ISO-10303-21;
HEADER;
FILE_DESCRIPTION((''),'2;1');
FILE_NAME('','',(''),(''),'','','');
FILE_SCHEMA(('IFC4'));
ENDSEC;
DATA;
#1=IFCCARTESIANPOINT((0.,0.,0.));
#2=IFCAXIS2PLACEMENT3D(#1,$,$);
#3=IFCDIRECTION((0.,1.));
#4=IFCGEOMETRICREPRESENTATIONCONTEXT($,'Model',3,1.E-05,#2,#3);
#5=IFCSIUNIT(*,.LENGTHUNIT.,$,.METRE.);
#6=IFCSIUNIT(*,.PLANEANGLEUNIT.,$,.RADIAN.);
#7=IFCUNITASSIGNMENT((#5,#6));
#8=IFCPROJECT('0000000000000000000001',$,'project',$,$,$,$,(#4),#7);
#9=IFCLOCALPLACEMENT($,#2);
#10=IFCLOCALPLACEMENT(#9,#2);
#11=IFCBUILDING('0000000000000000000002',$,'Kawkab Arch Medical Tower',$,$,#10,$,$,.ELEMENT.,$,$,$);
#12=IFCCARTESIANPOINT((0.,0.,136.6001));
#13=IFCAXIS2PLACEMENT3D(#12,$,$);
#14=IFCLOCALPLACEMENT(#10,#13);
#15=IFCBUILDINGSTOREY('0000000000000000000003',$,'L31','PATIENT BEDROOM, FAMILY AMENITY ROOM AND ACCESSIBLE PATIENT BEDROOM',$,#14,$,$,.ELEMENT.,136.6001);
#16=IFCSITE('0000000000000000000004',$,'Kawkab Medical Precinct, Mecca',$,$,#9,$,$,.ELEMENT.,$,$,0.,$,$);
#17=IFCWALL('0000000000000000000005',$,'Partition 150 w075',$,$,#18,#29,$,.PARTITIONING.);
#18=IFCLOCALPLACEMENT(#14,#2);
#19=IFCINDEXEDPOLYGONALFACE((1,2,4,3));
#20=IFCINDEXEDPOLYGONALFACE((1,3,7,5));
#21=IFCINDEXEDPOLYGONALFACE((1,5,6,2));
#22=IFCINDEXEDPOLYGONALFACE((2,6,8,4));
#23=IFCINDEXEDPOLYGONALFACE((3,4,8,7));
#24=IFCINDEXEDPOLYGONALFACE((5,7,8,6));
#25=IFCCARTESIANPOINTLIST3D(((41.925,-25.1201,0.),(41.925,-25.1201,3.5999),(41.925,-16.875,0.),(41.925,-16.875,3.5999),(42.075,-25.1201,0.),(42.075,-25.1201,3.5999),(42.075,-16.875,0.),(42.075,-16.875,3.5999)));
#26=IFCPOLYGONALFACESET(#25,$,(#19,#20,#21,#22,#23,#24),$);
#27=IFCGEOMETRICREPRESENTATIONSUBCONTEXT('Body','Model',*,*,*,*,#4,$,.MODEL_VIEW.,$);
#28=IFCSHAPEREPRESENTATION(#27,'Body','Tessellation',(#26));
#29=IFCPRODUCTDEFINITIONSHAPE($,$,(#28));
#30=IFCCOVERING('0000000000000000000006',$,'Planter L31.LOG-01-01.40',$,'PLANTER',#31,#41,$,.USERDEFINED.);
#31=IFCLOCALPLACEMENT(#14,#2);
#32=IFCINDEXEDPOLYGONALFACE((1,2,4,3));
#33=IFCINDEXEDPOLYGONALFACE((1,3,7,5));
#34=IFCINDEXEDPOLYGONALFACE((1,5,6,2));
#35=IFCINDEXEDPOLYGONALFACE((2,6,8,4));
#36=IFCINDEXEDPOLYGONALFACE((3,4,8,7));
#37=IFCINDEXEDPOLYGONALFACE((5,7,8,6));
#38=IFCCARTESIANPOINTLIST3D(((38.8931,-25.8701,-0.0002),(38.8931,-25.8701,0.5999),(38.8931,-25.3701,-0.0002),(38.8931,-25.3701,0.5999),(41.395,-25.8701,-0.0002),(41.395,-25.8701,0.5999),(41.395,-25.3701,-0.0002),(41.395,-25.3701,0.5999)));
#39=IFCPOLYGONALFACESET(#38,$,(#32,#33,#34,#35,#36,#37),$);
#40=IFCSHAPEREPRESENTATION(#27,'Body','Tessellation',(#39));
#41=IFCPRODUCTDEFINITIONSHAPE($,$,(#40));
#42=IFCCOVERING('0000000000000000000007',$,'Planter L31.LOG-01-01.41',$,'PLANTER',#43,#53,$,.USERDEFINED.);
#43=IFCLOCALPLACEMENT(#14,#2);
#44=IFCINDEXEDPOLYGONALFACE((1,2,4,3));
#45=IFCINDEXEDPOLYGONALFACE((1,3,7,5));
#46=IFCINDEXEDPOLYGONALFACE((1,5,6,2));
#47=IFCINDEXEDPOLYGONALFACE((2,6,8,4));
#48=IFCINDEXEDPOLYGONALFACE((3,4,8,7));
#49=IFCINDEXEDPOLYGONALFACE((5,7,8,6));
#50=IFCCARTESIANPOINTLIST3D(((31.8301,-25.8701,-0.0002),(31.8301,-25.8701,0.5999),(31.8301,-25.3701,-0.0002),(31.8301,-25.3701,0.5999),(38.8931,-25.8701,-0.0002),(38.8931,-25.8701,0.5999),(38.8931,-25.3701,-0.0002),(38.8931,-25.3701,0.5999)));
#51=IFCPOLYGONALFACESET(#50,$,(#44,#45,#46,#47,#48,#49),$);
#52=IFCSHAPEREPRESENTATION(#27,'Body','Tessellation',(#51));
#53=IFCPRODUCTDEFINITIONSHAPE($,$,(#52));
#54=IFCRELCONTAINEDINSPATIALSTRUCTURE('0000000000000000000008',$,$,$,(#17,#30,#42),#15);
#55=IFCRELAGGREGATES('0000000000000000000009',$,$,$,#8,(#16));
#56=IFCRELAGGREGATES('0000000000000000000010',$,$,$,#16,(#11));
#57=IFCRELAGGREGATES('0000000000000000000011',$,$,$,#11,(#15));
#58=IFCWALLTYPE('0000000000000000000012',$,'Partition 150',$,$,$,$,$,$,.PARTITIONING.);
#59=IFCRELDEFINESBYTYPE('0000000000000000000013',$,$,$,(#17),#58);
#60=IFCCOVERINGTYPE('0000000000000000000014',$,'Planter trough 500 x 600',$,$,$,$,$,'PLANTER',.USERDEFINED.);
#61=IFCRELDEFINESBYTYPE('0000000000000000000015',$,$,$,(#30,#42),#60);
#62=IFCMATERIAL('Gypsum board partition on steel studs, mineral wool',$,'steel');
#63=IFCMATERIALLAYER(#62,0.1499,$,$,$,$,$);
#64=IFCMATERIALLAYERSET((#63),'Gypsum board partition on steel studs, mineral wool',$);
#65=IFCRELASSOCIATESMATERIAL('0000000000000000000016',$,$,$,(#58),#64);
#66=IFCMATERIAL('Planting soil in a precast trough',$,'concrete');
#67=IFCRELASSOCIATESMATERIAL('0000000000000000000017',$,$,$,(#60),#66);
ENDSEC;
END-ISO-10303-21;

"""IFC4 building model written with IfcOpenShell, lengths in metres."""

from ifc_helpers import new_model, si_unit, direction, frame, frame_2d, origin, origin_2d, place, context, subcontext, project, spatial, rectangle, extrude, material, layer, layer_set, material_profile, profile_set, type_object, element, save


model = new_model("IFC4")

# Units and contexts
model_context = context("Model", 3, precision=1e-05, world=origin(), true_north=direction((0.0, 1.0)))
body_context = subcontext(model_context, "Body", "Model", "MODEL_VIEW")
ifc_project = project(units=[si_unit("LENGTHUNIT", "METRE"), si_unit("PLANEANGLEUNIT", "RADIAN")], contexts=[model_context])

# Site, building, storey
site_placement = place(None, origin())
site = spatial("IfcSite", under=ifc_project, at=site_placement, Name="Kawkab Medical Precinct, Mecca", CompositionType="ELEMENT", RefElevation=0.0)
building_placement = place(site_placement, origin())
building = spatial("IfcBuilding", under=site, at=building_placement, Name="Kawkab Arch Medical Tower", CompositionType="ELEMENT")
storey_placement = place(building_placement, frame((0.0, 0.0, 136.6001)))
storey = spatial("IfcBuildingStorey", under=building, at=storey_placement, Name="L31", Description="PATIENT BEDROOM, FAMILY AMENITY ROOM AND ACCESSIBLE PATIENT BEDROOM", CompositionType="ELEMENT", Elevation=136.6001)

# Wall
ifc_material_1 = material(Name="Gypsum board partition on steel studs, mineral wool", Category="steel")
ifc_layer_1 = layer(ifc_material_1, 0.1499)
ifc_layer_set_1 = layer_set([ifc_layer_1], Name="Gypsum board partition on steel studs, mineral wool")
wall_type_1 = type_object("IfcWallType", Name="Partition 150", PredefinedType="PARTITIONING", material=ifc_layer_set_1)
wall_1_placement = place(storey_placement, frame((42.0, -25.1201, 0.0), z_axis=(0.0, 0.0, 1.0), x_axis=(0.0, 1.0, 0.0)))
element("IfcWall", 1, at=wall_1_placement, inside=storey, type_object=wall_type_1, Name="Partition 150 w075", PredefinedType="PARTITIONING", context=body_context, shape_type="SweptSolid", body=[
    extrude(rectangle(XDim=8.2451, YDim=0.1499, at=frame_2d((4.1226, 0.0))), origin(), (0.0, 0.0, 1.0), 3.5999),
])

# Coverings
ifc_material_2 = material(Name="Planting soil in a precast trough", Category="concrete")
ifc_material_profile_1 = material_profile(ifc_material_2, rectangle(XDim=0.5, YDim=0.6001, at=origin_2d()), Name="Trough 500x600")
ifc_profile_set_1 = profile_set([ifc_material_profile_1], Name="Planting soil in a precast trough")
covering_type = type_object("IfcCoveringType", Name="Planter trough 500 x 600", ElementType="PLANTER", PredefinedType="USERDEFINED", material=ifc_profile_set_1)
covering_1_placement = place(storey_placement, frame((41.395, -25.6201, 0.2998), z_axis=(-1.0, 0.0, 0.0), x_axis=(0.0, -1.0, 0.0)))
element("IfcCovering", 2, at=covering_1_placement, inside=storey, type_object=covering_type, Name="Planter L31.LOG-01-01.40", ObjectType="PLANTER", PredefinedType="USERDEFINED", context=body_context, shape_type="SweptSolid", body=[
    extrude(rectangle(XDim=0.5, YDim=0.6001, at=origin_2d()), origin(), (0.0, 0.0, 1.0), 2.502),
])
covering_2_placement = place(storey_placement, frame((38.8931, -25.6201, 0.2998), z_axis=(-1.0, 0.0, 0.0), x_axis=(0.0, -1.0, 0.0)))
element("IfcCovering", 3, at=covering_2_placement, inside=storey, type_object=covering_type, Name="Planter L31.LOG-01-01.41", ObjectType="PLANTER", PredefinedType="USERDEFINED", context=body_context, shape_type="SweptSolid", body=[
    extrude(rectangle(XDim=0.5, YDim=0.6001, at=origin_2d()), origin(), (0.0, 0.0, 1.0), 7.063),
])

save(model, "model.ifc")
